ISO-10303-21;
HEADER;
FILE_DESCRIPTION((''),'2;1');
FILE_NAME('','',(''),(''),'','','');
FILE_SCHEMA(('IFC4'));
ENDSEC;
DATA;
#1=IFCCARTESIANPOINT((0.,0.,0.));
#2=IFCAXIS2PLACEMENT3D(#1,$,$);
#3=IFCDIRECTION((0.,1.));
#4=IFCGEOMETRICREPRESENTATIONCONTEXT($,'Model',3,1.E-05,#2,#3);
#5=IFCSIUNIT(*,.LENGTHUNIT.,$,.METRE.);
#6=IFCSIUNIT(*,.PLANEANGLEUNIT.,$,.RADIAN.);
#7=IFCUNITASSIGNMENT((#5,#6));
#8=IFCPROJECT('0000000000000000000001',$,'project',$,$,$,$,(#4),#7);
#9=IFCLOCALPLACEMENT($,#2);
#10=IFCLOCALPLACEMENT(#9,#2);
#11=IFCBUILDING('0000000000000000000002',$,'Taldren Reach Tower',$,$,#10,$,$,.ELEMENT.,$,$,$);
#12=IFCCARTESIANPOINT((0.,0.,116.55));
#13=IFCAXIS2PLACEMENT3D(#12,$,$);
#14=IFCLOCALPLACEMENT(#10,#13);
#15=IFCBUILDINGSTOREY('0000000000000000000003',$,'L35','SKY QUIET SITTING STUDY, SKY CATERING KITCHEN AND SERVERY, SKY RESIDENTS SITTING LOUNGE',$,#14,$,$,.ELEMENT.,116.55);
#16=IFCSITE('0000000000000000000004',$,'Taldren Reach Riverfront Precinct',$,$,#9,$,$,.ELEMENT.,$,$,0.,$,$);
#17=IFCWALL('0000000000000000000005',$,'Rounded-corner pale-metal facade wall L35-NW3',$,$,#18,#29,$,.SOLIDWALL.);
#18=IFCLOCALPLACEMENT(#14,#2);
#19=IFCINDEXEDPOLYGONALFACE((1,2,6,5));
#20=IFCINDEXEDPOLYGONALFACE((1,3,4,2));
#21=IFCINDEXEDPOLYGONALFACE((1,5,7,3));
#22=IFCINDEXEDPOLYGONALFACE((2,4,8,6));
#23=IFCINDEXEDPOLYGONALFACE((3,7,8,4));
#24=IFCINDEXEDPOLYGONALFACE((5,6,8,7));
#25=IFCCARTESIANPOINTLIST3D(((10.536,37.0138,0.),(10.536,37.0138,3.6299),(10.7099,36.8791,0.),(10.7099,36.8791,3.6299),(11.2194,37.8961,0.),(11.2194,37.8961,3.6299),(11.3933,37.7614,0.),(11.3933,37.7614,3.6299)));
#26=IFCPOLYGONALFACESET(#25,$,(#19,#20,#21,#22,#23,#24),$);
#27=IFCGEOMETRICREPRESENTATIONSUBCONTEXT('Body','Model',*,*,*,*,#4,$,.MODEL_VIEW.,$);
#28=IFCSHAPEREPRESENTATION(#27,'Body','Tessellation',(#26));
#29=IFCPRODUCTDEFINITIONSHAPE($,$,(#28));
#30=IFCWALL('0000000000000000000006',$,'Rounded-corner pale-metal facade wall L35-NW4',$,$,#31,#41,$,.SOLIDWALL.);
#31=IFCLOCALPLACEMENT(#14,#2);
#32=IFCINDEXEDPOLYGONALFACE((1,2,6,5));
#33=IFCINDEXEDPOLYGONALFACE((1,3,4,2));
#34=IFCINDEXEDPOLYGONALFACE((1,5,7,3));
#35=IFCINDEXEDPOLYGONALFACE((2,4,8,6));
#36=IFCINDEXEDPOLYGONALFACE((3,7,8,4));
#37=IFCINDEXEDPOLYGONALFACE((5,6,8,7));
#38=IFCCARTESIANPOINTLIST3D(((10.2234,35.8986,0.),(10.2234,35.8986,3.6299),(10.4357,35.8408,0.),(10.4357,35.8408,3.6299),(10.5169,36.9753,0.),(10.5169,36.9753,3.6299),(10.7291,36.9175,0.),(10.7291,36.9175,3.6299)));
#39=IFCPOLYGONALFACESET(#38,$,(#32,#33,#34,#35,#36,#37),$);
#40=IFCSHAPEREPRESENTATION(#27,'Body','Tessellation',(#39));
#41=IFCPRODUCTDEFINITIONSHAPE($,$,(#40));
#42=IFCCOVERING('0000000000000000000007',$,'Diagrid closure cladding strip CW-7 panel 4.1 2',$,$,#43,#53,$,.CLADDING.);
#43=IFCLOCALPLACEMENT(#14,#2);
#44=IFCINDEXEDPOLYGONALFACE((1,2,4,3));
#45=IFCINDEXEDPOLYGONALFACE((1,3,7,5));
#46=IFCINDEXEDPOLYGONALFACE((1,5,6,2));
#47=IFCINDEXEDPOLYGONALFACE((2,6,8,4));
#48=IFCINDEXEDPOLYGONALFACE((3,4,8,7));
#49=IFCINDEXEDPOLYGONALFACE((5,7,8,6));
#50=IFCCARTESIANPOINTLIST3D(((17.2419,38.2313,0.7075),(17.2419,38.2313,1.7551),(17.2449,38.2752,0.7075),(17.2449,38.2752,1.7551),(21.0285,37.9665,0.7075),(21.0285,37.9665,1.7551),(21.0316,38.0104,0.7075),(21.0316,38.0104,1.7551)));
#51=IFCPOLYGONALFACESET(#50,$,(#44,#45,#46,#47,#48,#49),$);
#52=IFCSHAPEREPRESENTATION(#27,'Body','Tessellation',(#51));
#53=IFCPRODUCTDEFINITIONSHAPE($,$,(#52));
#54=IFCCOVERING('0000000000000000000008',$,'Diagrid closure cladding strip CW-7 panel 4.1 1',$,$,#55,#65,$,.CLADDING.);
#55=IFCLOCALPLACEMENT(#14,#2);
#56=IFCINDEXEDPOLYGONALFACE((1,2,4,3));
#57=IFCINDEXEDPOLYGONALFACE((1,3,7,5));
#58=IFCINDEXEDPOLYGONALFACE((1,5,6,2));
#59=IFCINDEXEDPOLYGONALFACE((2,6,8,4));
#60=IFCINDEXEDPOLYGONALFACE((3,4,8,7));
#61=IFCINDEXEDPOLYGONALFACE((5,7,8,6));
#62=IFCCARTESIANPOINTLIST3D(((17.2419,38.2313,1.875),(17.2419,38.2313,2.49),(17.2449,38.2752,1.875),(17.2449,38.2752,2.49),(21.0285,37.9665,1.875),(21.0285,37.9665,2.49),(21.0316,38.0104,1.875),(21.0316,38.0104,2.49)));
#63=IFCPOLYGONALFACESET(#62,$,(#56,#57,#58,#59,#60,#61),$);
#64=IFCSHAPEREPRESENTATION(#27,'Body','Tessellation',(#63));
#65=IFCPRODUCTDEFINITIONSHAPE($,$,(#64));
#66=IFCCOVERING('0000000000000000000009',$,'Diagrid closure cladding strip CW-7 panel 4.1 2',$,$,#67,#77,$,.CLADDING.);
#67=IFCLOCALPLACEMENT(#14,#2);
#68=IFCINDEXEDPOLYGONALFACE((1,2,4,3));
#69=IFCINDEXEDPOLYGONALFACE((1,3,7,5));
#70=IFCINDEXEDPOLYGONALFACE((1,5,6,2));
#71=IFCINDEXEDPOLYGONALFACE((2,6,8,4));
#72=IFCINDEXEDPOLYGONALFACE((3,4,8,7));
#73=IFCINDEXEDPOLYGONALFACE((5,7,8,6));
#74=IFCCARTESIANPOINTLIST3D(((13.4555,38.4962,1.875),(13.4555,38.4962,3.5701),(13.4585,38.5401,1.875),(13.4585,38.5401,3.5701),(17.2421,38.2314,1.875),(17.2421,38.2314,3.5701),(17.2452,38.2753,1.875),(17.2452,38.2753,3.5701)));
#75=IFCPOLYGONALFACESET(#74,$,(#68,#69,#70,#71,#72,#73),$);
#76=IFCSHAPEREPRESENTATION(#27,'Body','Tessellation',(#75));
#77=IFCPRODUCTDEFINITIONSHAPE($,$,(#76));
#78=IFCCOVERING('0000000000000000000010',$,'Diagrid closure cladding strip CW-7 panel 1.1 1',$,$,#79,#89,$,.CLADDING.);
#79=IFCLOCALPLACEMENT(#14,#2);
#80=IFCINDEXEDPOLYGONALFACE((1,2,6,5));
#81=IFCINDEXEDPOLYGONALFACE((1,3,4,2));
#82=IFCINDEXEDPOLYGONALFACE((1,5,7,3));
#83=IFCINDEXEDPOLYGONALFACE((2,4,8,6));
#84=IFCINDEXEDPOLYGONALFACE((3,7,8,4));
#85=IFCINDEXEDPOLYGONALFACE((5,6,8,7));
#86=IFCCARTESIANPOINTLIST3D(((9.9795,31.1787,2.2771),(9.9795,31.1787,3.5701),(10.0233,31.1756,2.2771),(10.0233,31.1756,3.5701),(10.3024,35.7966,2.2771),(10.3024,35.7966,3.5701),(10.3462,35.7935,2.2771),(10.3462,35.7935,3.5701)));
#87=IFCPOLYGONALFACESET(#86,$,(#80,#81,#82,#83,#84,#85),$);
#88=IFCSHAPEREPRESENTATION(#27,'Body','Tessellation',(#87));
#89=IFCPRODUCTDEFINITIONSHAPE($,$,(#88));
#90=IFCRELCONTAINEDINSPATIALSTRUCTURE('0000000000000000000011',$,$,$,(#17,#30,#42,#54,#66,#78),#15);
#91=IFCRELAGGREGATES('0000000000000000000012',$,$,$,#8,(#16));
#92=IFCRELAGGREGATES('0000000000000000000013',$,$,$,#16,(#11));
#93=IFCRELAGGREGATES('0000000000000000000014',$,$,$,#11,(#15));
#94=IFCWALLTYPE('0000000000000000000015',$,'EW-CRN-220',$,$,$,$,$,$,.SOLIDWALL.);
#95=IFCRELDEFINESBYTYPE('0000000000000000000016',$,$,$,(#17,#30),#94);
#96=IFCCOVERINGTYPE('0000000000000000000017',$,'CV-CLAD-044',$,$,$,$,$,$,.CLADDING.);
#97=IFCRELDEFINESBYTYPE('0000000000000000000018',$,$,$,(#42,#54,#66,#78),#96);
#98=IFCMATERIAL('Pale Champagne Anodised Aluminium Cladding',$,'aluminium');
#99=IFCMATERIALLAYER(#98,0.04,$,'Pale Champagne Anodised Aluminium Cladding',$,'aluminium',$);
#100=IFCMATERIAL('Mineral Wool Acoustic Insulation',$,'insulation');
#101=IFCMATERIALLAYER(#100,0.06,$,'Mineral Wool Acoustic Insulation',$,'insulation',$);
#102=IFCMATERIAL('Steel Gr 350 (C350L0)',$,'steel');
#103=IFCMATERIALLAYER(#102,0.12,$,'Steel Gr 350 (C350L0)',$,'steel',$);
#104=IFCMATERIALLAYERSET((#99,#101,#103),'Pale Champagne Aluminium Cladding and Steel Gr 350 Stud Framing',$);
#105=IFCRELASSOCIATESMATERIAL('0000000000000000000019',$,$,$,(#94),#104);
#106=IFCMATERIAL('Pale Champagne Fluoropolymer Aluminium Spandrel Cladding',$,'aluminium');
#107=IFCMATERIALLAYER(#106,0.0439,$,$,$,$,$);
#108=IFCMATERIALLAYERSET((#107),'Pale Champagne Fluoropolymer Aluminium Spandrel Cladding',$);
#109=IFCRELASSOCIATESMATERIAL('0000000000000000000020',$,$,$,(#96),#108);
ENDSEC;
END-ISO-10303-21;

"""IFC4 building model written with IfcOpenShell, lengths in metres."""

from ifc_helpers import new_model, si_unit, direction, frame, frame_2d, origin, origin_2d, place, context, subcontext, project, spatial, rectangle, extrude, source, transform, mapped, material, layer, layer_set, type_object, element, save


model = new_model("IFC4")

# Units and contexts
model_context = context("Model", 3, precision=1e-05, world=origin(), true_north=direction((0.0, 1.0)))
body_context = subcontext(model_context, "Body", "Model", "MODEL_VIEW")
ifc_project = project(units=[si_unit("LENGTHUNIT", "METRE"), si_unit("PLANEANGLEUNIT", "RADIAN")], contexts=[model_context])

# Site, building, storey
site_placement = place(None, origin())
site = spatial("IfcSite", under=ifc_project, at=site_placement, Name="Taldren Reach Riverfront Precinct", CompositionType="ELEMENT", RefElevation=0.0)
building_placement = place(site_placement, origin())
building = spatial("IfcBuilding", under=site, at=building_placement, Name="Taldren Reach Tower", CompositionType="ELEMENT")
storey_placement = place(building_placement, frame((0.0, 0.0, 116.55)))
storey = spatial("IfcBuildingStorey", under=building, at=storey_placement, Name="L35", Description="SKY QUIET SITTING STUDY, SKY CATERING KITCHEN AND SERVERY, SKY RESIDENTS SITTING LOUNGE", CompositionType="ELEMENT", Elevation=116.55)

# Shared definitions
ifc_material_1 = material(Name="Steel Gr 350 (C350L0)", Category="steel")

# Walls
ifc_material_2 = material(Name="Pale Champagne Anodised Aluminium Cladding", Category="aluminium")
ifc_layer_1 = layer(ifc_material_2, 0.04, Name="Pale Champagne Anodised Aluminium Cladding", Category="aluminium")
ifc_material_3 = material(Name="Mineral Wool Acoustic Insulation", Category="insulation")
ifc_layer_2 = layer(ifc_material_3, 0.06, Name="Mineral Wool Acoustic Insulation", Category="insulation")
ifc_layer_3 = layer(ifc_material_1, 0.12, Name="Steel Gr 350 (C350L0)", Category="steel")
ifc_layer_set_1 = layer_set([ifc_layer_1, ifc_layer_2, ifc_layer_3], Name="Pale Champagne Aluminium Cladding and Steel Gr 350 Stud Framing")
wall_type = type_object("IfcWallType", Name="EW-CRN-220", PredefinedType="SOLIDWALL", material=ifc_layer_set_1)
shared_shape_1 = source(origin(), body_context, "Body", "SweptSolid", [
    extrude(rectangle(XDim=1.116, YDim=0.22, at=frame_2d((0.5581, 0.0))), origin(), (0.0, 0.0, 1.0), 3.6299),
])
for number, where, z_axis, x_axis, name in (
    (1, (11.3064, 37.8289, 0.0), (0.0, 0.0, 1.0), (-0.612319, -0.790611, 0.0), "Rounded-corner pale-metal facade wall L35-NW3"),
    (2, (10.623, 36.9465, 0.0), (0.0, 0.0, 1.0), (-0.262969, -0.964804, 0.0), "Rounded-corner pale-metal facade wall L35-NW4"),
):
    element("IfcWall", number, at=place(storey_placement, frame(where, z_axis=z_axis, x_axis=x_axis)), inside=storey, type_object=wall_type, Name=name, PredefinedType="SOLIDWALL", context=body_context, shape_type="MappedRepresentation", body=[
        mapped(shared_shape_1, transform((0.0, 0.0, 0.0), scale=1.0)),
    ])

# Coverings
ifc_material_4 = material(Name="Pale Champagne Fluoropolymer Aluminium Spandrel Cladding", Category="aluminium")
ifc_layer_4 = layer(ifc_material_4, 0.0439)
ifc_layer_set_2 = layer_set([ifc_layer_4], Name="Pale Champagne Fluoropolymer Aluminium Spandrel Cladding")
covering_type = type_object("IfcCoveringType", Name="CV-CLAD-044", PredefinedType="CLADDING", material=ifc_layer_set_2)
shared_shape_2 = source(origin(), body_context, "Body", "SweptSolid", [
    extrude(rectangle(XDim=3.7959, YDim=0.0439, at=origin_2d()), origin(), (0.0, 0.0, 1.0), 1.0476),
])
covering_1_placement = place(storey_placement, frame((19.1367, 38.1208, 0.7075), z_axis=(0.0, 0.0, 1.0), x_axis=(-0.997564, 0.069757, 0.0)))
element("IfcCovering", 3, at=covering_1_placement, inside=storey, type_object=covering_type, Name="Diagrid closure cladding strip CW-7 panel 4.1 2", PredefinedType="CLADDING", context=body_context, shape_type="MappedRepresentation", body=[
    mapped(shared_shape_2, transform((0.0, 0.0, 0.0), scale=1.0)),
])
shared_shape_3 = source(origin(), body_context, "Body", "SweptSolid", [
    extrude(rectangle(XDim=3.7959, YDim=0.0439, at=origin_2d()), origin(), (0.0, 0.0, 1.0), 0.615),
])
covering_2_placement = place(storey_placement, frame((19.1367, 38.1208, 1.875), z_axis=(0.0, 0.0, 1.0), x_axis=(-0.997564, 0.069757, 0.0)))
element("IfcCovering", 4, at=covering_2_placement, inside=storey, type_object=covering_type, Name="Diagrid closure cladding strip CW-7 panel 4.1 1", PredefinedType="CLADDING", context=body_context, shape_type="MappedRepresentation", body=[
    mapped(shared_shape_3, transform((0.0, 0.0, 0.0), scale=1.0)),
])
shared_shape_4 = source(origin(), body_context, "Body", "SweptSolid", [
    extrude(rectangle(XDim=3.7959, YDim=0.0439, at=origin_2d()), origin(), (0.0, 0.0, 1.0), 1.6951),
])
covering_3_placement = place(storey_placement, frame((15.3503, 38.3857, 1.875), z_axis=(0.0, 0.0, 1.0), x_axis=(-0.997564, 0.069757, 0.0)))
element("IfcCovering", 5, at=covering_3_placement, inside=storey, type_object=covering_type, Name="Diagrid closure cladding strip CW-7 panel 4.1 2", PredefinedType="CLADDING", context=body_context, shape_type="MappedRepresentation", body=[
    mapped(shared_shape_4, transform((0.0, 0.0, 0.0), scale=1.0)),
])
shared_shape_5 = source(origin(), body_context, "Body", "SweptSolid", [
    extrude(rectangle(XDim=4.6292, YDim=0.0439, at=origin_2d()), origin(), (0.0, 0.0, 1.0), 1.293),
])
covering_4_placement = place(storey_placement, frame((10.1628, 33.4861, 2.2771), z_axis=(0.0, 0.0, 1.0), x_axis=(-0.069756, -0.997564, 0.0)))
element("IfcCovering", 6, at=covering_4_placement, inside=storey, type_object=covering_type, Name="Diagrid closure cladding strip CW-7 panel 1.1 1", PredefinedType="CLADDING", context=body_context, shape_type="MappedRepresentation", body=[
    mapped(shared_shape_5, transform((0.0, 0.0, 0.0), scale=1.0)),
])

save(model, "model.ifc")
